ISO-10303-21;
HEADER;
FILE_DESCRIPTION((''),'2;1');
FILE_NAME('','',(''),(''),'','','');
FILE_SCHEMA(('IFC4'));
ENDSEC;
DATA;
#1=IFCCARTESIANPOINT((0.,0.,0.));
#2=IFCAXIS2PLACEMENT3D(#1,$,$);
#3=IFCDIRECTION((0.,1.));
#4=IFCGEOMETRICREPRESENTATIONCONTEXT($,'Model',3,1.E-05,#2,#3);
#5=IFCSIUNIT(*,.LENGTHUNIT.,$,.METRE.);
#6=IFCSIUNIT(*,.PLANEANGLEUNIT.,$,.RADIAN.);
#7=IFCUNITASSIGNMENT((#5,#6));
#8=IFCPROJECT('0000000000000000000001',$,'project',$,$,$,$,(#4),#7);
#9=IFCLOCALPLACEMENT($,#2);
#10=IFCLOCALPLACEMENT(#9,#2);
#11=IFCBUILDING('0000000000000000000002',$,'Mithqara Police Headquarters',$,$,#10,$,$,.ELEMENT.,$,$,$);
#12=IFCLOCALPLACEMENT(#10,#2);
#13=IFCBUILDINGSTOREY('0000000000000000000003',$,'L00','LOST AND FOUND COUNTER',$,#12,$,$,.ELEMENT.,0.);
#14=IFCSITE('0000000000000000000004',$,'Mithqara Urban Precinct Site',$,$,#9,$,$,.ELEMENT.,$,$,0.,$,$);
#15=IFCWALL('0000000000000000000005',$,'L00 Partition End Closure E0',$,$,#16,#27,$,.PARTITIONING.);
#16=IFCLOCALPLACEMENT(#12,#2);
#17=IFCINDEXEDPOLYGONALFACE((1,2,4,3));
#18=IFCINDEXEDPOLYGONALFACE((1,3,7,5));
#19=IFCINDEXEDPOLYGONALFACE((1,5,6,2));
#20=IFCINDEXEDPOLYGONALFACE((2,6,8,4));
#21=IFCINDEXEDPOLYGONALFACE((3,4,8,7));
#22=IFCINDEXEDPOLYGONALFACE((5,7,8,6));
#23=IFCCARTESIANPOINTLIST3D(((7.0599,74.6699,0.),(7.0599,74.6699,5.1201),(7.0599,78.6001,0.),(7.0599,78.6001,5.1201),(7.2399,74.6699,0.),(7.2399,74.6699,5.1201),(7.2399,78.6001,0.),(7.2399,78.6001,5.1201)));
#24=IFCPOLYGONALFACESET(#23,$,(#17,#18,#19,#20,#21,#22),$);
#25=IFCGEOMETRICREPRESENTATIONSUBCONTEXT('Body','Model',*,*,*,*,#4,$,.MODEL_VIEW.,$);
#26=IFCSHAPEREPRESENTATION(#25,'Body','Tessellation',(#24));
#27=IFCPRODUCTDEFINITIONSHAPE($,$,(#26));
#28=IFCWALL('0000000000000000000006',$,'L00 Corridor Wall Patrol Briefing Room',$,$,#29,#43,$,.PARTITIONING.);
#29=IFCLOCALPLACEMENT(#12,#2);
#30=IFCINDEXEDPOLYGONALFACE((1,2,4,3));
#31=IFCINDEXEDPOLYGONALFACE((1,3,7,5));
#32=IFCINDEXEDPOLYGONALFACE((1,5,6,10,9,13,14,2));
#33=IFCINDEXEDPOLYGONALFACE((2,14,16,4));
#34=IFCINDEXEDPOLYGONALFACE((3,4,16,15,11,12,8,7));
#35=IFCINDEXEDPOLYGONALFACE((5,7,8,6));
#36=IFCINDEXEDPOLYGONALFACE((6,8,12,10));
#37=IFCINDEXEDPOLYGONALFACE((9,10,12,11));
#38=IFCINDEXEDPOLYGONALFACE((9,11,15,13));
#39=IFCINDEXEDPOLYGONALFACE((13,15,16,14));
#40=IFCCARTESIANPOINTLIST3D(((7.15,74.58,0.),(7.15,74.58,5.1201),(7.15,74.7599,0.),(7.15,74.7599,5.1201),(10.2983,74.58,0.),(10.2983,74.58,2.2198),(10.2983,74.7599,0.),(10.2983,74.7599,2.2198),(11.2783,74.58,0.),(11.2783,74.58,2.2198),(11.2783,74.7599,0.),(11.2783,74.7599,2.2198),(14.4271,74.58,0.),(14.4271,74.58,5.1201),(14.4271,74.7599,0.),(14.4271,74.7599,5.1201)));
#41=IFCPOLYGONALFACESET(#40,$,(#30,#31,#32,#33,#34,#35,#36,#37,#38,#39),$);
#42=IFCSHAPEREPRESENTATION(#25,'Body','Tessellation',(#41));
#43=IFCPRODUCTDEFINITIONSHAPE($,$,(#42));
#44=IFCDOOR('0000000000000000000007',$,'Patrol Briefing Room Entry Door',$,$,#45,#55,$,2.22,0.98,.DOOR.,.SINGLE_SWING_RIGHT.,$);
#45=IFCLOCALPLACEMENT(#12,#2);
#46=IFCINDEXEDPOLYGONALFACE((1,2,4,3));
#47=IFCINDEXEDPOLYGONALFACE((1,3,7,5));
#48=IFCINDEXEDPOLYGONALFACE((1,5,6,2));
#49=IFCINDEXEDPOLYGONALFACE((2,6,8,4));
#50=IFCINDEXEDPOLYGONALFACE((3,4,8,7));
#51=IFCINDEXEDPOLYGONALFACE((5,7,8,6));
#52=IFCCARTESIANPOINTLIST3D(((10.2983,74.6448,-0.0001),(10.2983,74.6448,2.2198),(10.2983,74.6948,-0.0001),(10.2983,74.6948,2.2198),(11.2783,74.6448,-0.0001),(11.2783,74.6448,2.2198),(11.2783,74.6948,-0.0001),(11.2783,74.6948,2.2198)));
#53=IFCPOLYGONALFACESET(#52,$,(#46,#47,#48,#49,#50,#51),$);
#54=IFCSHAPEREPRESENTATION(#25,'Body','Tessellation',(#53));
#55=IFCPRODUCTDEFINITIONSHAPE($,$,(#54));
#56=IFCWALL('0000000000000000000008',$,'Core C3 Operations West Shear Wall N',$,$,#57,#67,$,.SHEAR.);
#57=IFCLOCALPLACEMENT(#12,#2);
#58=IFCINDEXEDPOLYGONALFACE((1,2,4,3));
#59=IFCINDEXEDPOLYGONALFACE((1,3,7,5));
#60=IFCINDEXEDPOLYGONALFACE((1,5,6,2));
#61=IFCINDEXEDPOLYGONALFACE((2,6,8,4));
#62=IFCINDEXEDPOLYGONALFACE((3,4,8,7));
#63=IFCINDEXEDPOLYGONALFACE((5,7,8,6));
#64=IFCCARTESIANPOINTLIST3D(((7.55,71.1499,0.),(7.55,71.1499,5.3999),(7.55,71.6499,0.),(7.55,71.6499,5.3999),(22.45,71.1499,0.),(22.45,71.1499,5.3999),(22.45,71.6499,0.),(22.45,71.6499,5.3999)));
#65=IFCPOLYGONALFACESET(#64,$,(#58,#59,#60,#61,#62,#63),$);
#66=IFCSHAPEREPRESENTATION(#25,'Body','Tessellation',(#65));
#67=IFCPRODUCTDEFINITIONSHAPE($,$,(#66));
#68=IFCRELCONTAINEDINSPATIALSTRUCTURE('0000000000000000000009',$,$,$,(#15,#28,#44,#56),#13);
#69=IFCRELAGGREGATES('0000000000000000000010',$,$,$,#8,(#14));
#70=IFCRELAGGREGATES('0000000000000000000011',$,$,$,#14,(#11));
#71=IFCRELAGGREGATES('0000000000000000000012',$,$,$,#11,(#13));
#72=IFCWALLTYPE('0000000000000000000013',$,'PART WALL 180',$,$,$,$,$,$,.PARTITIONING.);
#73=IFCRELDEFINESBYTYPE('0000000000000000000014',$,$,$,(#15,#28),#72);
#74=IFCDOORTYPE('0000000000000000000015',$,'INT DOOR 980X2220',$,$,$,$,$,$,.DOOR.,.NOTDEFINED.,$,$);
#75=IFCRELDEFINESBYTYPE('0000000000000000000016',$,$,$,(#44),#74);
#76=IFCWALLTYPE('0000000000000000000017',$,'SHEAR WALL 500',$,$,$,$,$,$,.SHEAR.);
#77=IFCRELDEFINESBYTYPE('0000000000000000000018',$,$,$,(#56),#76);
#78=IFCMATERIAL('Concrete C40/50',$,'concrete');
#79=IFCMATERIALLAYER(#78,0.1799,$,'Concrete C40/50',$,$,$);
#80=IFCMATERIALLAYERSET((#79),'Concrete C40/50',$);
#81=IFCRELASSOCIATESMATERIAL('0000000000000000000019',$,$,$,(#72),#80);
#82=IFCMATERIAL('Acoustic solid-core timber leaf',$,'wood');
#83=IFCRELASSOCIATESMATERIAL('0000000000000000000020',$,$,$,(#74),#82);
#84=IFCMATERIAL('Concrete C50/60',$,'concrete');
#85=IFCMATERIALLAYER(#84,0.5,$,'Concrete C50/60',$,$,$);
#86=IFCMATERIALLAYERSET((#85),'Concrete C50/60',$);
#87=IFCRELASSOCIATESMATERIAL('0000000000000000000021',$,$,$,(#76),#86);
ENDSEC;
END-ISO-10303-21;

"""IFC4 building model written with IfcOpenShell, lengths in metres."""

from ifc_helpers import new_model, si_unit, direction, frame, frame_2d, origin, place, context, subcontext, project, spatial, rectangle, extrude, material, layer, layer_set, type_object, element, fill, save


model = new_model("IFC4")

# Units and contexts
model_context = context("Model", 3, precision=1e-05, world=origin(), true_north=direction((0.0, 1.0)))
body_context = subcontext(model_context, "Body", "Model", "MODEL_VIEW")
ifc_project = project(units=[si_unit("LENGTHUNIT", "METRE"), si_unit("PLANEANGLEUNIT", "RADIAN")], contexts=[model_context])

# Site, building, storey
site_placement = place(None, origin())
site = spatial("IfcSite", under=ifc_project, at=site_placement, Name="Mithqara Urban Precinct Site", CompositionType="ELEMENT", RefElevation=0.0)
building_placement = place(site_placement, origin())
building = spatial("IfcBuilding", under=site, at=building_placement, Name="Mithqara Police Headquarters", CompositionType="ELEMENT")
storey_placement = place(building_placement, origin())
storey = spatial("IfcBuildingStorey", under=building, at=storey_placement, Name="L00", Description="LOST AND FOUND COUNTER", CompositionType="ELEMENT", Elevation=0.0)

# Shared definitions
ifc_material_1 = material(Name="Concrete C40/50", Category="concrete")

# Shared definitions
ifc_material_2 = material(Name="Concrete C50/60", Category="concrete")

# Shared definitions
ifc_material_3 = material(Name="Acoustic solid-core timber leaf", Category="wood")

# Wall
ifc_layer_1 = layer(ifc_material_1, 0.1799, Name="Concrete C40/50")
ifc_layer_set_1 = layer_set([ifc_layer_1], Name="Concrete C40/50")
wall_type_1 = type_object("IfcWallType", Name="PART WALL 180", PredefinedType="PARTITIONING", material=ifc_layer_set_1)
wall_1_placement = place(storey_placement, frame((7.1499, 74.6699, 0.0), z_axis=(0.0, 0.0, 1.0), x_axis=(0.0, 1.0, 0.0)))
element("IfcWall", 1, at=wall_1_placement, inside=storey, type_object=wall_type_1, Name="L00 Partition End Closure E0", PredefinedType="PARTITIONING", context=body_context, shape_type="SweptSolid", body=[
    extrude(rectangle(XDim=3.9302, YDim=0.1799, at=frame_2d((1.9651, 0.0))), origin(), (0.0, 0.0, 1.0), 5.1201),
])

# Wall, opening, door
wall_2_placement = place(storey_placement, frame((7.1499, 74.6699, 0.0), z_axis=(0.0, 0.0, 1.0), x_axis=(1.0, 0.0, 0.0)))
wall_2 = element("IfcWall", 2, at=wall_2_placement, inside=storey, type_object=wall_type_1, Name="L00 Corridor Wall Patrol Briefing Room", PredefinedType="PARTITIONING", context=body_context, shape_type="SweptSolid", body=[
    extrude(rectangle(XDim=7.2771, YDim=0.1799, at=frame_2d((3.6387, 0.0))), origin(), (0.0, 0.0, 1.0), 5.1201),
])
opening_1_placement = place(wall_2_placement, frame((3.1484, 0.0, 0.0)))
opening_1 = element("IfcOpeningElement", 3, at=opening_1_placement, cuts=wall_2, PredefinedType="OPENING", context=body_context, shape_type="SweptSolid", body=[
    extrude(rectangle(XDim=0.98, YDim=2.22, at=frame_2d((0.49, 1.1099))), frame((0.0, 0.1001, 0.0), z_axis=(0.0, -1.0, 0.0), x_axis=(1.0, 0.0, 0.0)), (0.0, 0.0, 1.0), 0.2),
])
door_type_1 = type_object("IfcDoorType", Name="INT DOOR 980X2220", OperationType="NOTDEFINED", PredefinedType="DOOR", material=ifc_material_3)
door_1_placement = place(opening_1_placement, origin())
door_1 = element("IfcDoor", 4, at=door_1_placement, inside=storey, type_object=door_type_1, Name="Patrol Briefing Room Entry Door", OperationType="SINGLE_SWING_RIGHT", OverallHeight=2.22, OverallWidth=0.98, PredefinedType="DOOR", context=body_context, shape_type="SweptSolid", body=[
    extrude(rectangle(XDim=0.98, YDim=2.22, at=frame_2d((0.49, 1.1099))), frame((0.0, 0.0249, 0.0), z_axis=(0.0, -1.0, 0.0), x_axis=(1.0, 0.0, 0.0)), (0.0, 0.0, 1.0), 0.05),
])
fill(opening_1, door_1)

# Wall
ifc_layer_2 = layer(ifc_material_2, 0.5, Name="Concrete C50/60")
ifc_layer_set_2 = layer_set([ifc_layer_2], Name="Concrete C50/60")
wall_type_2 = type_object("IfcWallType", Name="SHEAR WALL 500", PredefinedType="SHEAR", material=ifc_layer_set_2)
wall_3_placement = place(storey_placement, frame((7.55, 71.3999, 0.0), z_axis=(0.0, 0.0, 1.0), x_axis=(1.0, 0.0, 0.0)))
element("IfcWall", 5, at=wall_3_placement, inside=storey, type_object=wall_type_2, Name="Core C3 Operations West Shear Wall N", PredefinedType="SHEAR", context=body_context, shape_type="SweptSolid", body=[
    extrude(rectangle(XDim=14.8999, YDim=0.5, at=frame_2d((7.45, 0.0))), origin(), (0.0, 0.0, 1.0), 5.3999),
])

save(model, "model.ifc")
